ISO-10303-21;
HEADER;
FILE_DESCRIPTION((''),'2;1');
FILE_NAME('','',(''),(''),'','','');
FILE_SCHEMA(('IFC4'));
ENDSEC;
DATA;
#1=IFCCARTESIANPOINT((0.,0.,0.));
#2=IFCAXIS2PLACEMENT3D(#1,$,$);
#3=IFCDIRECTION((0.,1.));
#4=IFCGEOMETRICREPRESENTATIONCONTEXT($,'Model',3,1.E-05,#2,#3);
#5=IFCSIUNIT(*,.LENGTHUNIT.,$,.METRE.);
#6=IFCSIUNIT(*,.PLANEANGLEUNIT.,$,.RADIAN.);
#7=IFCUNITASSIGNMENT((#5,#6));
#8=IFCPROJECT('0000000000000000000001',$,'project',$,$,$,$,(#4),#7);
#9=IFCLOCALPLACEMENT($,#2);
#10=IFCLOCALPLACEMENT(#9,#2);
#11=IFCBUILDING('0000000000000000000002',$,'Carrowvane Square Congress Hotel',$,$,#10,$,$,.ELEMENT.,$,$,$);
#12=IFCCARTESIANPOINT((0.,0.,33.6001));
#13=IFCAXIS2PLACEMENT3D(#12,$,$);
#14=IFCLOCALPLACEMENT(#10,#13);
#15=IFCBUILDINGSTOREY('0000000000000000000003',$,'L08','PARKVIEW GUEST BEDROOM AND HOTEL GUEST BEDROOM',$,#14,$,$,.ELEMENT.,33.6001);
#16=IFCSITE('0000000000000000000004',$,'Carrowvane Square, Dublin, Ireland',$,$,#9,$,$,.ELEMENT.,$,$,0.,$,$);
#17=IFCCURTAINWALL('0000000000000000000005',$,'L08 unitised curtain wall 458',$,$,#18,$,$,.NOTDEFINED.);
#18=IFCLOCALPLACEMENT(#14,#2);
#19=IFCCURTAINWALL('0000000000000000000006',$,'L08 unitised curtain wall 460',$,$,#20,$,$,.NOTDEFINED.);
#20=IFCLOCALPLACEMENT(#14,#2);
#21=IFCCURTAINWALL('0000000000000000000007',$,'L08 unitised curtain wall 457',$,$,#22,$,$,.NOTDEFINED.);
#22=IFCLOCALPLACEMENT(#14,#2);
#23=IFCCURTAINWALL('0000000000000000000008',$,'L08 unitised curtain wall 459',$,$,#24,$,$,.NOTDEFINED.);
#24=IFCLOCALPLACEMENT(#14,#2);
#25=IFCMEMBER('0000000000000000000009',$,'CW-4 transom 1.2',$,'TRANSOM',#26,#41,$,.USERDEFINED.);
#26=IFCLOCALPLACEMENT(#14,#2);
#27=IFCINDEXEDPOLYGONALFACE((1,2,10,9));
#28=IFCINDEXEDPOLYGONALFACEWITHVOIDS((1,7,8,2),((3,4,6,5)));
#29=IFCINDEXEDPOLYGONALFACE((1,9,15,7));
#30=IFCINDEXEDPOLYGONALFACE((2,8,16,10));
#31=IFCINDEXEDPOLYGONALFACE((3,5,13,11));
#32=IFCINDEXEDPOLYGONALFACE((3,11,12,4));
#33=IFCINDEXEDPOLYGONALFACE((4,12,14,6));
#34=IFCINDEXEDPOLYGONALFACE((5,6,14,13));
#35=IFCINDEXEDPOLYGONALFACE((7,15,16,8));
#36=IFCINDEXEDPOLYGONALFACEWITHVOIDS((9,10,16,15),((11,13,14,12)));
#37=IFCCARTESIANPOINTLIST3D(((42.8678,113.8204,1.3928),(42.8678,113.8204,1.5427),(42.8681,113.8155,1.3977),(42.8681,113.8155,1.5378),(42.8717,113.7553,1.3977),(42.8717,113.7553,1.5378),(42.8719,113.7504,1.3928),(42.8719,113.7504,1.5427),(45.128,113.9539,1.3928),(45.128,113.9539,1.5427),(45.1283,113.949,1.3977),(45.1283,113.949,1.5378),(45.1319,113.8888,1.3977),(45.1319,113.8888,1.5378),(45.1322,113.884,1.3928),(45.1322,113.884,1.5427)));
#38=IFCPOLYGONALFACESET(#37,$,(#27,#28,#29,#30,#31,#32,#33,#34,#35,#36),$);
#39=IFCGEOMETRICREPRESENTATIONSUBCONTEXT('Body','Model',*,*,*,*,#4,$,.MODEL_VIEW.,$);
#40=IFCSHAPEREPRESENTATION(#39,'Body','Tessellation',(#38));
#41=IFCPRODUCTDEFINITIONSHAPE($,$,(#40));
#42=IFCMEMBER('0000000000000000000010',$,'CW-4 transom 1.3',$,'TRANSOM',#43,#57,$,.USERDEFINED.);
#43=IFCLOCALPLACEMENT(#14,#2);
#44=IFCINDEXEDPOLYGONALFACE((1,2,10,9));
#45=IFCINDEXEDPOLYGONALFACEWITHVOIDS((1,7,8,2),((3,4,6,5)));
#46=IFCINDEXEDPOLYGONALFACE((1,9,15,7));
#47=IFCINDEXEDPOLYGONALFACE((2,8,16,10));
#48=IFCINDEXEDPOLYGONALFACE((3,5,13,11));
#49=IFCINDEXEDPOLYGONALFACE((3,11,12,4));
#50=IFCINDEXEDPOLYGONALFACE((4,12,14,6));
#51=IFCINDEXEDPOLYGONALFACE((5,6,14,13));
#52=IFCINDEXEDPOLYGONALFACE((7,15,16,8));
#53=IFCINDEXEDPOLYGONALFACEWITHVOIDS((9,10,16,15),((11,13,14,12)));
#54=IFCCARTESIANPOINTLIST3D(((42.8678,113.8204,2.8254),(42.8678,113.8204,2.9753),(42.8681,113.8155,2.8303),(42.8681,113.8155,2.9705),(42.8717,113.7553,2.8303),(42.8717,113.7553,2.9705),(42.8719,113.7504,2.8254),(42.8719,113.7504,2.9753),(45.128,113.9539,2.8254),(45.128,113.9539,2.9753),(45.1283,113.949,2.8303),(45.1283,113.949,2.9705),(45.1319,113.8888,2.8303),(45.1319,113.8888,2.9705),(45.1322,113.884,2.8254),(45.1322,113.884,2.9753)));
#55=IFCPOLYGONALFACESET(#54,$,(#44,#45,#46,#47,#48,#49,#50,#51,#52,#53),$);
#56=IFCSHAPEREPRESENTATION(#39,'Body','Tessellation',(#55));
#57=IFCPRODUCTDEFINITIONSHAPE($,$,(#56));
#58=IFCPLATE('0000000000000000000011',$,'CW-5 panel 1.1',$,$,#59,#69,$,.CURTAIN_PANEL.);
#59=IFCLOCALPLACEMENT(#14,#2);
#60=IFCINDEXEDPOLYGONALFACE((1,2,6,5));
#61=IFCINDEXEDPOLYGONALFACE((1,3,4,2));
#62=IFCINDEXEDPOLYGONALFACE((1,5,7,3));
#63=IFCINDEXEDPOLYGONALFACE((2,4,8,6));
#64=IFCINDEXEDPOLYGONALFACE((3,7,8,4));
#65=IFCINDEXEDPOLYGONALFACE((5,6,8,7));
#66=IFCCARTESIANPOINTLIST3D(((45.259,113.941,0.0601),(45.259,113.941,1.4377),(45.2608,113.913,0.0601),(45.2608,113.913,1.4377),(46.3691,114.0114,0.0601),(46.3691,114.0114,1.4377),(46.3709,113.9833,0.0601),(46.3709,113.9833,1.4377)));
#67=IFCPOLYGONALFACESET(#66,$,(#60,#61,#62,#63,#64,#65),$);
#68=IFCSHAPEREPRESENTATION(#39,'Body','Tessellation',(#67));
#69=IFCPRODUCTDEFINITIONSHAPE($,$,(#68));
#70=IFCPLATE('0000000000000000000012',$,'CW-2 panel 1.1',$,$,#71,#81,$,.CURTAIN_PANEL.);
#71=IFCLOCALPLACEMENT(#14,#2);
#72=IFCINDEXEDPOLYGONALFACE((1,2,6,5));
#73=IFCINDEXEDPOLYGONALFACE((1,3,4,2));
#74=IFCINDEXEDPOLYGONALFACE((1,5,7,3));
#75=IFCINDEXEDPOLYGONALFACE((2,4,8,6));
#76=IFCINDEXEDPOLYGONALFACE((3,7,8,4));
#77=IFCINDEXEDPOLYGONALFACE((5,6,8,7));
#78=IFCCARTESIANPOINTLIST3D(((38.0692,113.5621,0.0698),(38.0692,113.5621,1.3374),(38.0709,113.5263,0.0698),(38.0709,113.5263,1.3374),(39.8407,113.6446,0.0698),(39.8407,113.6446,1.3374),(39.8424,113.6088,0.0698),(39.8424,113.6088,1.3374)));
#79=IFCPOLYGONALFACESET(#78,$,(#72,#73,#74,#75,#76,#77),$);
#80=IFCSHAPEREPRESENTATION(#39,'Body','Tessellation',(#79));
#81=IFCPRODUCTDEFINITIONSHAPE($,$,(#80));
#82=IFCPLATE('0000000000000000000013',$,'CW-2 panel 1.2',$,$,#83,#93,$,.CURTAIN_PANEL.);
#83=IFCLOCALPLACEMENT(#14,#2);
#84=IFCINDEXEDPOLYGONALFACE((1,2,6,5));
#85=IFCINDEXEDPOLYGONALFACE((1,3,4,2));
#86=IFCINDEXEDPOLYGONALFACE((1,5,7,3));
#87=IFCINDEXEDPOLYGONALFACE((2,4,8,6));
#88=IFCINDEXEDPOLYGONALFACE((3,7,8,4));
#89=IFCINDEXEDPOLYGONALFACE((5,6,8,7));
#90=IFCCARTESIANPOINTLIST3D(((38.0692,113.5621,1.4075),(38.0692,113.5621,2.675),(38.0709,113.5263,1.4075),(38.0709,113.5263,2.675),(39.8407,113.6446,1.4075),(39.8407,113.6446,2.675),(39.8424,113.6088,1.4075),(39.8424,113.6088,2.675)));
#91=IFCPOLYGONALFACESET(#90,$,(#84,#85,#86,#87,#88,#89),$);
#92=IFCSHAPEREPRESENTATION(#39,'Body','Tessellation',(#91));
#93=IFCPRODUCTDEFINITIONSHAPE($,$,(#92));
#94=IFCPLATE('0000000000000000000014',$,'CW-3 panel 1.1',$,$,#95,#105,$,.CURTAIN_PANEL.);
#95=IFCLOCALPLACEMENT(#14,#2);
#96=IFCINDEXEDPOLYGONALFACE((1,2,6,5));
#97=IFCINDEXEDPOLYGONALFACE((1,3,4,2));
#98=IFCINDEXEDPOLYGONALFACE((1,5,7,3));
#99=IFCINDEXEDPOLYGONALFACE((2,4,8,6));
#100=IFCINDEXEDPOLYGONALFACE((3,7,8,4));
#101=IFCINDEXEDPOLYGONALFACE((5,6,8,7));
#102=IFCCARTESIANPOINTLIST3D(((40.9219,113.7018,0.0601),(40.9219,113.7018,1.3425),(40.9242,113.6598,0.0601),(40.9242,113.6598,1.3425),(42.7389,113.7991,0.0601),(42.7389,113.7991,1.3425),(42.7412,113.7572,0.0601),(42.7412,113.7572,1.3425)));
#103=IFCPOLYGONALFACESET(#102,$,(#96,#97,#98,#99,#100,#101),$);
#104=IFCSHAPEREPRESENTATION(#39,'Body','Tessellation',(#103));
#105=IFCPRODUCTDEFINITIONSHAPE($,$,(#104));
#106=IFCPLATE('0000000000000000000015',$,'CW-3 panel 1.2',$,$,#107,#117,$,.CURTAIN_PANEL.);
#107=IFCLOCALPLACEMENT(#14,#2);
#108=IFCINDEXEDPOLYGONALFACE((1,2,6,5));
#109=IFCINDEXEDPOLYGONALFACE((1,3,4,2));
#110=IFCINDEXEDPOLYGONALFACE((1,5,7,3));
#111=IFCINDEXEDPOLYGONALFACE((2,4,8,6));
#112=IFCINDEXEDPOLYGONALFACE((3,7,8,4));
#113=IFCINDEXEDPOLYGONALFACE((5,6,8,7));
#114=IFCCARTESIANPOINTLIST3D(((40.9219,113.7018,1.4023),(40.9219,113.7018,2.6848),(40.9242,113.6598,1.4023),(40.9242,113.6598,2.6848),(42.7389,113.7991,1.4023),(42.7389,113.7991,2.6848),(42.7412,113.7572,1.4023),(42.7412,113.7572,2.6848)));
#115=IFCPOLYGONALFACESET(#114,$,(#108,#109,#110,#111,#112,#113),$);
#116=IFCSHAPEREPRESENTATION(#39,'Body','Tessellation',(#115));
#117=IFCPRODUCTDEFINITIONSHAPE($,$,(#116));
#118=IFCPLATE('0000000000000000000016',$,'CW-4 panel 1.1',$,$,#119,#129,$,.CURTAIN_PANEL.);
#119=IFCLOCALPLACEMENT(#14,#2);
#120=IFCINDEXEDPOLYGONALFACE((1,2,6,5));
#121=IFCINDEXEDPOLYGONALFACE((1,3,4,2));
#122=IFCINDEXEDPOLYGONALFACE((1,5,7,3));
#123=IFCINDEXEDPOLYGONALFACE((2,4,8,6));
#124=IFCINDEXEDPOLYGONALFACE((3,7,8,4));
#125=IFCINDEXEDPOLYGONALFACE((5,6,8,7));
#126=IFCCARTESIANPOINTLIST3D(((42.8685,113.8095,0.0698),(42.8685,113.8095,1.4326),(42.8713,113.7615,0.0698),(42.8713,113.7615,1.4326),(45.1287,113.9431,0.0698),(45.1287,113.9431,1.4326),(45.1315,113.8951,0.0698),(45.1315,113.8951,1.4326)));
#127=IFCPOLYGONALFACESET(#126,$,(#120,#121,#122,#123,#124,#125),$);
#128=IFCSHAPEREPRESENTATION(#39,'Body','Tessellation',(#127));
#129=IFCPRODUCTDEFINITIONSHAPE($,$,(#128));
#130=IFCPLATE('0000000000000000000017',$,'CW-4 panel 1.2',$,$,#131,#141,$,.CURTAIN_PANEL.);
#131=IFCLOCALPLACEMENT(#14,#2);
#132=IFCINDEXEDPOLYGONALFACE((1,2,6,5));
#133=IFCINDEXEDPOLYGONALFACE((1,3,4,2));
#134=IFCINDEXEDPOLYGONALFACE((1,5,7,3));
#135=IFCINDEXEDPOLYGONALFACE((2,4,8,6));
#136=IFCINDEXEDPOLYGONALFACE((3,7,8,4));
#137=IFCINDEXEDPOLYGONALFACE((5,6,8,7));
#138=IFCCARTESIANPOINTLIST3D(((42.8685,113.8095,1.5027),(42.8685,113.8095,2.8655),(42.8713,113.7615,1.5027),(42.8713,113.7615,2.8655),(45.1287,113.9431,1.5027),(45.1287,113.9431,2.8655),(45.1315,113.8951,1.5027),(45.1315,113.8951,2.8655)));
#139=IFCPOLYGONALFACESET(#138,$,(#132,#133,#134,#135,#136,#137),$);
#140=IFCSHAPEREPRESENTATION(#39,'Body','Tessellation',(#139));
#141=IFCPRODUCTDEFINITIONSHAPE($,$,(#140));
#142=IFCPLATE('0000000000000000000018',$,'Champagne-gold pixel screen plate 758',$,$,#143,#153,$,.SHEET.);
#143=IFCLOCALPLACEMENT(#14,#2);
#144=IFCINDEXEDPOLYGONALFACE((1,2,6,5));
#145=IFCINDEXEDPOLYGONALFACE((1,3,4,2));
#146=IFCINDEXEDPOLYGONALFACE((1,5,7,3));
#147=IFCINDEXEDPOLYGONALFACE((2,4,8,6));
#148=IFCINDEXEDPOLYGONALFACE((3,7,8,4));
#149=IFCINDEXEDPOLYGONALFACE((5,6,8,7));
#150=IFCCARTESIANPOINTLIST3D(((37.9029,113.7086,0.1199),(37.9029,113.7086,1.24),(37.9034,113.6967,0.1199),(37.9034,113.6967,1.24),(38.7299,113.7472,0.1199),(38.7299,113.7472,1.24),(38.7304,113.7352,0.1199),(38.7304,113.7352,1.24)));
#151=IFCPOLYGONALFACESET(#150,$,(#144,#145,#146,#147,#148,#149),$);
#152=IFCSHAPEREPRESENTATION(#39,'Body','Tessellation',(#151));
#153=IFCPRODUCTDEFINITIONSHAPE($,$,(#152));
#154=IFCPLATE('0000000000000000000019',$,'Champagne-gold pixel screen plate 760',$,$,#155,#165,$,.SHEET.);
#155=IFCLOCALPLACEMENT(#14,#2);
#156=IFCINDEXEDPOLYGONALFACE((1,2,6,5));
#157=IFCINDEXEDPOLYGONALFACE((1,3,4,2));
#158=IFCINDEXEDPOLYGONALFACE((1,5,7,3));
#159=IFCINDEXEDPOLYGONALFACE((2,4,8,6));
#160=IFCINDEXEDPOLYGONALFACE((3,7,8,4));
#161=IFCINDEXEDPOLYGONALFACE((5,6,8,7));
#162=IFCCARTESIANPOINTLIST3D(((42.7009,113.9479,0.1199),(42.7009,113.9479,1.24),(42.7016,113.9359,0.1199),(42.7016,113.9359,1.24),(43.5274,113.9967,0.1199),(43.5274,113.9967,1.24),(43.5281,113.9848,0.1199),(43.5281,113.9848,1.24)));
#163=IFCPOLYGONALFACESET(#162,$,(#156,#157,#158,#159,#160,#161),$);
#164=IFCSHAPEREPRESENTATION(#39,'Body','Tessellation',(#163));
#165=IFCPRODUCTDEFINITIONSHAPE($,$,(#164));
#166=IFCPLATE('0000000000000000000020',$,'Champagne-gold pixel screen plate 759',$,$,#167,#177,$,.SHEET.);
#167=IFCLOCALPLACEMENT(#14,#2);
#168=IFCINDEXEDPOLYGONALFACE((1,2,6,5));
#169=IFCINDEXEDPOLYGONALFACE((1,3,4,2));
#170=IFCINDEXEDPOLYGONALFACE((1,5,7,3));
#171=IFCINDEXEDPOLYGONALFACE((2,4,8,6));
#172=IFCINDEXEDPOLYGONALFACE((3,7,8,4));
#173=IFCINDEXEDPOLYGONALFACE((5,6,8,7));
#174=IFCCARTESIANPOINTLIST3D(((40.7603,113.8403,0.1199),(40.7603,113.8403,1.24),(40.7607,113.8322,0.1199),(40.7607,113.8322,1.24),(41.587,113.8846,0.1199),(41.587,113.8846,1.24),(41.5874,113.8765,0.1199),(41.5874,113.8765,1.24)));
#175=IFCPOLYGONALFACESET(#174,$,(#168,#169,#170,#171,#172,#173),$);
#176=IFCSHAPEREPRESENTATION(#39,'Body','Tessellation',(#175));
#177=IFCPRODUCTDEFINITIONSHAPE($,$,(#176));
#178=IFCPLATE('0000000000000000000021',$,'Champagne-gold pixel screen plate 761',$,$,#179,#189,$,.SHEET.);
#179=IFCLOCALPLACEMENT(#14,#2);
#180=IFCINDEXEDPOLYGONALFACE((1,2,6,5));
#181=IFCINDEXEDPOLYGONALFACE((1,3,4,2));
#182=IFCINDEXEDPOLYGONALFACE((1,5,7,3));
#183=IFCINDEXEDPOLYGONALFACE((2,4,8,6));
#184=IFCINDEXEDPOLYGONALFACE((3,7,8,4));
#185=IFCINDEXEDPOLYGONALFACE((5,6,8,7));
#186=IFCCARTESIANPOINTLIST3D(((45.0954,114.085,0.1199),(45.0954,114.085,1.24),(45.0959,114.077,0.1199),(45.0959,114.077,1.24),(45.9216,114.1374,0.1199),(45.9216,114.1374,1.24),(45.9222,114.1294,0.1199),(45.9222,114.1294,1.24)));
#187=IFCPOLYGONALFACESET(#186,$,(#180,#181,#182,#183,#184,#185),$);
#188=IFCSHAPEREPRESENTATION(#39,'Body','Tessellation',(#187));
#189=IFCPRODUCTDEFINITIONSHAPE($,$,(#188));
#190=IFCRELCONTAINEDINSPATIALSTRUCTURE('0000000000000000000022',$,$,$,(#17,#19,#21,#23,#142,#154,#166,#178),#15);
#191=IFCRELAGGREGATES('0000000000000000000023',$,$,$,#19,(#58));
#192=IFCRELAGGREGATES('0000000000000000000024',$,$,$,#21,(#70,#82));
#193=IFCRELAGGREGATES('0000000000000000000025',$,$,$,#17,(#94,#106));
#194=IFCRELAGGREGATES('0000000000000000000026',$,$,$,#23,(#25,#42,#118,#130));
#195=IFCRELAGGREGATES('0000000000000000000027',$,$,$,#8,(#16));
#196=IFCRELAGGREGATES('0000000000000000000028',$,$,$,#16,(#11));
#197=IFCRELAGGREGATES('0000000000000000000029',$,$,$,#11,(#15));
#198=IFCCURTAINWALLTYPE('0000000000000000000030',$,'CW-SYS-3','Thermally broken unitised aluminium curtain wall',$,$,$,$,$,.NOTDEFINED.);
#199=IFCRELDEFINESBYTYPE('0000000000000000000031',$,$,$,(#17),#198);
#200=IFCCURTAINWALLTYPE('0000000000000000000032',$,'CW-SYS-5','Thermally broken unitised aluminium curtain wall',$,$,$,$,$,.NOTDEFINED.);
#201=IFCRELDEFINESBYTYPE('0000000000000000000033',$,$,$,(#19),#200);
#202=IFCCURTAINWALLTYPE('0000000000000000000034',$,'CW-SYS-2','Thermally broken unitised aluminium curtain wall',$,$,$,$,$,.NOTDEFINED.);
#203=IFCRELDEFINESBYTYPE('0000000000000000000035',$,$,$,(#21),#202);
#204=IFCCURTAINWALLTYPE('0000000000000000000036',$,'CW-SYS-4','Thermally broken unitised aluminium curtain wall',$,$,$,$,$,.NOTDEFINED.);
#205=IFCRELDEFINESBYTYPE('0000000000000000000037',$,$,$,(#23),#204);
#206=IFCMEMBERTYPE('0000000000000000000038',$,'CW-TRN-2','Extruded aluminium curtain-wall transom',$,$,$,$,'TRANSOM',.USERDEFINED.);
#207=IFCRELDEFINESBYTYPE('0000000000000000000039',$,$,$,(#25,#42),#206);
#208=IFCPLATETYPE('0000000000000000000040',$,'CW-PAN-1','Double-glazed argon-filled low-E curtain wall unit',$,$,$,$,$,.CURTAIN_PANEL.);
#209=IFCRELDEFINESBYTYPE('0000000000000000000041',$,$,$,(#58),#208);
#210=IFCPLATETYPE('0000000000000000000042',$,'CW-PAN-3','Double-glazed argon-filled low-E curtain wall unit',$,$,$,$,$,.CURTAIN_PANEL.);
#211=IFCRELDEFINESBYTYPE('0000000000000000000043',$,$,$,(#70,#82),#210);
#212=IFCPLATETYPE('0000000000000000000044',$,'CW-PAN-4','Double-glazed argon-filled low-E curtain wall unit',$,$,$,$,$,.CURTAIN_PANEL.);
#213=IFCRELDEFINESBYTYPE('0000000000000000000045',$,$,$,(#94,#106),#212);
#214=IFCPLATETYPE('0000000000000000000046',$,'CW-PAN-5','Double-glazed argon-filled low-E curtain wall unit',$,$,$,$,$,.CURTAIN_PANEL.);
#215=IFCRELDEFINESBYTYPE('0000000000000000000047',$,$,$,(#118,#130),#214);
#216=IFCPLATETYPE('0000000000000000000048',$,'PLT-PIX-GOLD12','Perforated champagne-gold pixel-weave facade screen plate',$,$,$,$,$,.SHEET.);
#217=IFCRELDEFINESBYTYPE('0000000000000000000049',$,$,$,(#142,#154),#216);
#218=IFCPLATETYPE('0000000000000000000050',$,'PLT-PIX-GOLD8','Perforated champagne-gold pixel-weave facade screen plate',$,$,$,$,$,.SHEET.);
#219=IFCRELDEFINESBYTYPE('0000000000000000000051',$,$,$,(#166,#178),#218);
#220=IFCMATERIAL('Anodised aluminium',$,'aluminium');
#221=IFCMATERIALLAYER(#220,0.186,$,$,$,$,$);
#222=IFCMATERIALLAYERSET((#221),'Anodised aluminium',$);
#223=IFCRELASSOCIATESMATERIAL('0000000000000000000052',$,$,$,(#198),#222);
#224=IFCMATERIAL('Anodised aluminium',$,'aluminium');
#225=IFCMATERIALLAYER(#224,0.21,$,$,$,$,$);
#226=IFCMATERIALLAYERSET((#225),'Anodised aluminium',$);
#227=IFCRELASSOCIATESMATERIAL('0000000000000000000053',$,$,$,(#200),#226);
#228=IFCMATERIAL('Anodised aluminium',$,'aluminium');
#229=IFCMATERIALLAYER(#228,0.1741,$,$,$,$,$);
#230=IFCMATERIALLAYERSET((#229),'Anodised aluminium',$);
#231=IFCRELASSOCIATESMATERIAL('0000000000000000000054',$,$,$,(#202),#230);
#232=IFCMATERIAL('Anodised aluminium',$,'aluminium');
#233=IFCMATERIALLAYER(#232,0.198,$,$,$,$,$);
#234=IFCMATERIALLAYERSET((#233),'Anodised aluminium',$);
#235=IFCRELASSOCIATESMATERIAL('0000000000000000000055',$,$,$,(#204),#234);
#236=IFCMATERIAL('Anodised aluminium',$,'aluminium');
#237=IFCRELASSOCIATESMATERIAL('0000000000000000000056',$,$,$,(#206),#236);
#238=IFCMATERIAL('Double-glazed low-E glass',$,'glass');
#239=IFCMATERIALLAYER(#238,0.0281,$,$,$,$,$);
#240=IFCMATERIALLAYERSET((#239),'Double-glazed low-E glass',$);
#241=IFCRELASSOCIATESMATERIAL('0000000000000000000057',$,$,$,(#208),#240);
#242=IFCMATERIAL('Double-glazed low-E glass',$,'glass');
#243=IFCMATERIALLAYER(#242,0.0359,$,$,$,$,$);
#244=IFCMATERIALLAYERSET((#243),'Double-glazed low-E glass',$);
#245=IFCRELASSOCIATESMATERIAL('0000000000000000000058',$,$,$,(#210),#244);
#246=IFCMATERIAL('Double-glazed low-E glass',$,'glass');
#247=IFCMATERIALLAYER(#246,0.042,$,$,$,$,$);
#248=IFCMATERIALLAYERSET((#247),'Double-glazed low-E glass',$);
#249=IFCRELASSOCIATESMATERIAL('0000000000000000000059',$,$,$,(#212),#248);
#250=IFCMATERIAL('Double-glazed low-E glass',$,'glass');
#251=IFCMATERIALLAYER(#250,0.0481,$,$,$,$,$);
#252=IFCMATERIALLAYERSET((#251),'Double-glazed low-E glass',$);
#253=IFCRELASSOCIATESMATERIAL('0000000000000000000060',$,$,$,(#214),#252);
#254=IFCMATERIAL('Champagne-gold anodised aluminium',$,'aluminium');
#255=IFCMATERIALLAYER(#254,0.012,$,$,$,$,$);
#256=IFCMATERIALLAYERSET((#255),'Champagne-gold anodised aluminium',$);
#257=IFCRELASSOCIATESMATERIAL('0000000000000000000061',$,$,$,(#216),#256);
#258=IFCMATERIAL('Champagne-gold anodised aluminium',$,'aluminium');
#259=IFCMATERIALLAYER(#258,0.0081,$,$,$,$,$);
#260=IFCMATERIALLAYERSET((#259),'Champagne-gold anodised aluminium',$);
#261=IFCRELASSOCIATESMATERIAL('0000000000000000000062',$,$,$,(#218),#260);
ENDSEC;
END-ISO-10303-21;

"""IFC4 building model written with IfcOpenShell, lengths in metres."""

from ifc_helpers import new_model, si_unit, direction, frame, origin, origin_2d, place, context, subcontext, project, spatial, rectangle, hollow_rectangle, extrude, material, layer, layer_set, material_profile, profile_set, type_object, element, aggregate, save


model = new_model("IFC4")

# Units and contexts
model_context = context("Model", 3, precision=1e-05, world=origin(), true_north=direction((0.0, 1.0)))
body_context = subcontext(model_context, "Body", "Model", "MODEL_VIEW")
ifc_project = project(units=[si_unit("LENGTHUNIT", "METRE"), si_unit("PLANEANGLEUNIT", "RADIAN")], contexts=[model_context])

# Site, building, storey
site_placement = place(None, origin())
site = spatial("IfcSite", under=ifc_project, at=site_placement, Name="Carrowvane Square, Dublin, Ireland", CompositionType="ELEMENT", RefElevation=0.0)
building_placement = place(site_placement, origin())
building = spatial("IfcBuilding", under=site, at=building_placement, Name="Carrowvane Square Congress Hotel", CompositionType="ELEMENT")
storey_placement = place(building_placement, frame((0.0, 0.0, 33.6001)))
storey = spatial("IfcBuildingStorey", under=building, at=storey_placement, Name="L08", Description="PARKVIEW GUEST BEDROOM AND HOTEL GUEST BEDROOM", CompositionType="ELEMENT", Elevation=33.6001)

# Curtain wall
ifc_material_1 = material(Name="Anodised aluminium", Category="aluminium")
ifc_layer_1 = layer(ifc_material_1, 0.186)
ifc_layer_set_1 = layer_set([ifc_layer_1], Name="Anodised aluminium")
curtain_wall_type_1 = type_object("IfcCurtainWallType", Name="CW-SYS-3", Description="Thermally broken unitised aluminium curtain wall", PredefinedType="NOTDEFINED", material=ifc_layer_set_1)
curtain_wall_1_placement = place(storey_placement, origin())
curtain_wall_1 = element("IfcCurtainWall", 1, at=curtain_wall_1_placement, inside=storey, type_object=curtain_wall_type_1, Name="L08 unitised curtain wall 458", PredefinedType="NOTDEFINED")

# Curtain wall
ifc_material_2 = material(Name="Anodised aluminium", Category="aluminium")
ifc_layer_2 = layer(ifc_material_2, 0.21)
ifc_layer_set_2 = layer_set([ifc_layer_2], Name="Anodised aluminium")
curtain_wall_type_2 = type_object("IfcCurtainWallType", Name="CW-SYS-5", Description="Thermally broken unitised aluminium curtain wall", PredefinedType="NOTDEFINED", material=ifc_layer_set_2)
curtain_wall_2_placement = place(storey_placement, origin())
curtain_wall_2 = element("IfcCurtainWall", 2, at=curtain_wall_2_placement, inside=storey, type_object=curtain_wall_type_2, Name="L08 unitised curtain wall 460", PredefinedType="NOTDEFINED")

# Curtain walls
ifc_material_3 = material(Name="Anodised aluminium", Category="aluminium")
ifc_layer_3 = layer(ifc_material_3, 0.1741)
ifc_layer_set_3 = layer_set([ifc_layer_3], Name="Anodised aluminium")
curtain_wall_type_3 = type_object("IfcCurtainWallType", Name="CW-SYS-2", Description="Thermally broken unitised aluminium curtain wall", PredefinedType="NOTDEFINED", material=ifc_layer_set_3)
curtain_wall_3_placement = place(storey_placement, origin())
curtain_wall_3 = element("IfcCurtainWall", 3, at=curtain_wall_3_placement, inside=storey, type_object=curtain_wall_type_3, Name="L08 unitised curtain wall 457", PredefinedType="NOTDEFINED")
ifc_material_4 = material(Name="Anodised aluminium", Category="aluminium")
ifc_layer_4 = layer(ifc_material_4, 0.198)
ifc_layer_set_4 = layer_set([ifc_layer_4], Name="Anodised aluminium")
curtain_wall_type_4 = type_object("IfcCurtainWallType", Name="CW-SYS-4", Description="Thermally broken unitised aluminium curtain wall", PredefinedType="NOTDEFINED", material=ifc_layer_set_4)
curtain_wall_4_placement = place(storey_placement, origin())
curtain_wall_4 = element("IfcCurtainWall", 4, at=curtain_wall_4_placement, inside=storey, type_object=curtain_wall_type_4, Name="L08 unitised curtain wall 459", PredefinedType="NOTDEFINED")

# Members
ifc_material_5 = material(Name="Anodised aluminium", Category="aluminium")
ifc_material_profile_1 = material_profile(ifc_material_5, hollow_rectangle(XDim=0.0701, YDim=0.1499, WallThickness=0.0049, at=origin_2d()), Name="CW-TR 70x150x5")
ifc_profile_set_1 = profile_set([ifc_material_profile_1], Name="Anodised aluminium")
member_type_1 = type_object("IfcMemberType", Name="CW-TRN-2", Description="Extruded aluminium curtain-wall transom", ElementType="TRANSOM", PredefinedType="USERDEFINED", material=ifc_profile_set_1)
member_1_placement = place(storey_placement, frame((42.8699, 113.7854, 1.4678), z_axis=(0.998259, 0.058981, 0.0), x_axis=(-0.058981, 0.998259, 0.0)))
member_1 = element("IfcMember", 5, at=member_1_placement, type_object=member_type_1, Name="CW-4 transom 1.2", ObjectType="TRANSOM", PredefinedType="USERDEFINED", context=body_context, shape_type="SweptSolid", body=[
    extrude(hollow_rectangle(XDim=0.0701, YDim=0.1499, WallThickness=0.0049, at=origin_2d()), origin(), (0.0, 0.0, 1.0), 2.2642),
])
member_2_placement = place(storey_placement, frame((42.8699, 113.7854, 2.9004), z_axis=(0.998259, 0.058981, 0.0), x_axis=(-0.058981, 0.998259, 0.0)))
member_2 = element("IfcMember", 6, at=member_2_placement, type_object=member_type_1, Name="CW-4 transom 1.3", ObjectType="TRANSOM", PredefinedType="USERDEFINED", context=body_context, shape_type="SweptSolid", body=[
    extrude(hollow_rectangle(XDim=0.0701, YDim=0.1499, WallThickness=0.0049, at=origin_2d()), origin(), (0.0, 0.0, 1.0), 2.2642),
])

# Plates
ifc_material_6 = material(Name="Double-glazed low-E glass", Category="glass")
ifc_layer_5 = layer(ifc_material_6, 0.0281)
ifc_layer_set_5 = layer_set([ifc_layer_5], Name="Double-glazed low-E glass")
plate_type_1 = type_object("IfcPlateType", Name="CW-PAN-1", Description="Double-glazed argon-filled low-E curtain wall unit", PredefinedType="CURTAIN_PANEL", material=ifc_layer_set_5)
plate_1_placement = place(storey_placement, frame((45.8149, 113.9622, 0.0601), z_axis=(0.0, 0.0, 1.0), x_axis=(0.997996, 0.063273, 0.0)))
plate_1 = element("IfcPlate", 7, at=plate_1_placement, type_object=plate_type_1, Name="CW-5 panel 1.1", PredefinedType="CURTAIN_PANEL", context=body_context, shape_type="SweptSolid", body=[
    extrude(rectangle(XDim=1.1123, YDim=0.0281, at=origin_2d()), origin(), (0.0, 0.0, 1.0), 1.3777),
])
aggregate(curtain_wall_2, [plate_1])
ifc_material_7 = material(Name="Double-glazed low-E glass", Category="glass")
ifc_layer_6 = layer(ifc_material_7, 0.0359)
ifc_layer_set_6 = layer_set([ifc_layer_6], Name="Double-glazed low-E glass")
plate_type_2 = type_object("IfcPlateType", Name="CW-PAN-3", Description="Double-glazed argon-filled low-E curtain wall unit", PredefinedType="CURTAIN_PANEL", material=ifc_layer_set_6)
plate_2_placement = place(storey_placement, frame((38.9558, 113.5854, 0.0698), z_axis=(0.0, 0.0, 1.0), x_axis=(0.998917, 0.046522, 0.0)))
plate_2 = element("IfcPlate", 8, at=plate_2_placement, type_object=plate_type_2, Name="CW-2 panel 1.1", PredefinedType="CURTAIN_PANEL", context=body_context, shape_type="SweptSolid", body=[
    extrude(rectangle(XDim=1.7734, YDim=0.0359, at=origin_2d()), origin(), (0.0, 0.0, 1.0), 1.2676),
])
plate_3_placement = place(storey_placement, frame((38.9558, 113.5854, 1.4075), z_axis=(0.0, 0.0, 1.0), x_axis=(0.998917, 0.046522, 0.0)))
plate_3 = element("IfcPlate", 9, at=plate_3_placement, type_object=plate_type_2, Name="CW-2 panel 1.2", PredefinedType="CURTAIN_PANEL", context=body_context, shape_type="SweptSolid", body=[
    extrude(rectangle(XDim=1.7734, YDim=0.0359, at=origin_2d()), origin(), (0.0, 0.0, 1.0), 1.2676),
])
aggregate(curtain_wall_3, [plate_2, plate_3])
ifc_material_8 = material(Name="Double-glazed low-E glass", Category="glass")
ifc_layer_7 = layer(ifc_material_8, 0.042)
ifc_layer_set_7 = layer_set([ifc_layer_7], Name="Double-glazed low-E glass")
plate_type_3 = type_object("IfcPlateType", Name="CW-PAN-4", Description="Double-glazed argon-filled low-E curtain wall unit", PredefinedType="CURTAIN_PANEL", material=ifc_layer_set_7)
plate_4_placement = place(storey_placement, frame((41.8315, 113.7295, 0.0601), z_axis=(0.0, 0.0, 1.0), x_axis=(0.998567, 0.053514, 0.0)))
plate_4 = element("IfcPlate", 10, at=plate_4_placement, type_object=plate_type_3, Name="CW-3 panel 1.1", PredefinedType="CURTAIN_PANEL", context=body_context, shape_type="SweptSolid", body=[
    extrude(rectangle(XDim=1.8196, YDim=0.042, at=origin_2d()), origin(), (0.0, 0.0, 1.0), 1.2825),
])
plate_5_placement = place(storey_placement, frame((41.8315, 113.7295, 1.4023), z_axis=(0.0, 0.0, 1.0), x_axis=(0.998567, 0.053514, 0.0)))
plate_5 = element("IfcPlate", 11, at=plate_5_placement, type_object=plate_type_3, Name="CW-3 panel 1.2", PredefinedType="CURTAIN_PANEL", context=body_context, shape_type="SweptSolid", body=[
    extrude(rectangle(XDim=1.8196, YDim=0.042, at=origin_2d()), origin(), (0.0, 0.0, 1.0), 1.2825),
])
aggregate(curtain_wall_1, [plate_4, plate_5])
ifc_material_9 = material(Name="Double-glazed low-E glass", Category="glass")
ifc_layer_8 = layer(ifc_material_9, 0.0481)
ifc_layer_set_8 = layer_set([ifc_layer_8], Name="Double-glazed low-E glass")
plate_type_4 = type_object("IfcPlateType", Name="CW-PAN-5", Description="Double-glazed argon-filled low-E curtain wall unit", PredefinedType="CURTAIN_PANEL", material=ifc_layer_set_8)
plate_6_placement = place(storey_placement, frame((44.0, 113.8523, 0.0698), z_axis=(0.0, 0.0, 1.0), x_axis=(0.998259, 0.058989, 0.0)))
plate_6 = element("IfcPlate", 12, at=plate_6_placement, type_object=plate_type_4, Name="CW-4 panel 1.1", PredefinedType="CURTAIN_PANEL", context=body_context, shape_type="SweptSolid", body=[
    extrude(rectangle(XDim=2.2642, YDim=0.0481, at=origin_2d()), origin(), (0.0, 0.0, 1.0), 1.3628),
])
plate_7_placement = place(storey_placement, frame((44.0, 113.8523, 1.5027), z_axis=(0.0, 0.0, 1.0), x_axis=(0.998259, 0.058989, 0.0)))
plate_7 = element("IfcPlate", 13, at=plate_7_placement, type_object=plate_type_4, Name="CW-4 panel 1.2", PredefinedType="CURTAIN_PANEL", context=body_context, shape_type="SweptSolid", body=[
    extrude(rectangle(XDim=2.2642, YDim=0.0481, at=origin_2d()), origin(), (0.0, 0.0, 1.0), 1.3628),
])
aggregate(curtain_wall_4, [member_1, member_2, plate_6, plate_7])

# Plates
ifc_material_10 = material(Name="Champagne-gold anodised aluminium", Category="aluminium")
ifc_layer_9 = layer(ifc_material_10, 0.012)
ifc_layer_set_9 = layer_set([ifc_layer_9], Name="Champagne-gold anodised aluminium")
plate_type_5 = type_object("IfcPlateType", Name="PLT-PIX-GOLD12", Description="Perforated champagne-gold pixel-weave facade screen plate", PredefinedType="SHEET", material=ifc_layer_set_9)
for number, where, z_axis, x_axis, name in (
    (14, (38.3167, 113.7219, 0.1199), (0.0, 0.0, 1.0), (0.998917, 0.046521, 0.0), "Champagne-gold pixel screen plate 758"),
    (15, (43.1145, 113.9663, 0.1199), (0.0, 0.0, 1.0), (0.998259, 0.058985, 0.0), "Champagne-gold pixel screen plate 760"),
):
    element("IfcPlate", number, at=place(storey_placement, frame(where, z_axis=z_axis, x_axis=x_axis)), inside=storey, type_object=plate_type_5, Name=name, PredefinedType="SHEET", context=body_context, shape_type="SweptSolid", body=[
        extrude(rectangle(XDim=0.8279, YDim=0.012, at=origin_2d()), origin(), (0.0, 0.0, 1.0), 1.1201),
    ])
ifc_material_11 = material(Name="Champagne-gold anodised aluminium", Category="aluminium")
ifc_layer_10 = layer(ifc_material_11, 0.0081)
ifc_layer_set_10 = layer_set([ifc_layer_10], Name="Champagne-gold anodised aluminium")
plate_type_6 = type_object("IfcPlateType", Name="PLT-PIX-GOLD8", Description="Perforated champagne-gold pixel-weave facade screen plate", PredefinedType="SHEET", material=ifc_layer_set_10)
for number, where, z_axis, x_axis, name in (
    (16, (41.1738, 113.8584, 0.1199), (0.0, 0.0, 1.0), (0.998567, 0.053517, 0.0), "Champagne-gold pixel screen plate 759"),
    (17, (45.5088, 114.1072, 0.1199), (0.0, 0.0, 1.0), (0.997996, 0.063277, 0.0), "Champagne-gold pixel screen plate 761"),
):
    element("IfcPlate", number, at=place(storey_placement, frame(where, z_axis=z_axis, x_axis=x_axis)), inside=storey, type_object=plate_type_6, Name=name, PredefinedType="SHEET", context=body_context, shape_type="SweptSolid", body=[
        extrude(rectangle(XDim=0.8279, YDim=0.0081, at=origin_2d()), origin(), (0.0, 0.0, 1.0), 1.1201),
    ])

save(model, "model.ifc")
